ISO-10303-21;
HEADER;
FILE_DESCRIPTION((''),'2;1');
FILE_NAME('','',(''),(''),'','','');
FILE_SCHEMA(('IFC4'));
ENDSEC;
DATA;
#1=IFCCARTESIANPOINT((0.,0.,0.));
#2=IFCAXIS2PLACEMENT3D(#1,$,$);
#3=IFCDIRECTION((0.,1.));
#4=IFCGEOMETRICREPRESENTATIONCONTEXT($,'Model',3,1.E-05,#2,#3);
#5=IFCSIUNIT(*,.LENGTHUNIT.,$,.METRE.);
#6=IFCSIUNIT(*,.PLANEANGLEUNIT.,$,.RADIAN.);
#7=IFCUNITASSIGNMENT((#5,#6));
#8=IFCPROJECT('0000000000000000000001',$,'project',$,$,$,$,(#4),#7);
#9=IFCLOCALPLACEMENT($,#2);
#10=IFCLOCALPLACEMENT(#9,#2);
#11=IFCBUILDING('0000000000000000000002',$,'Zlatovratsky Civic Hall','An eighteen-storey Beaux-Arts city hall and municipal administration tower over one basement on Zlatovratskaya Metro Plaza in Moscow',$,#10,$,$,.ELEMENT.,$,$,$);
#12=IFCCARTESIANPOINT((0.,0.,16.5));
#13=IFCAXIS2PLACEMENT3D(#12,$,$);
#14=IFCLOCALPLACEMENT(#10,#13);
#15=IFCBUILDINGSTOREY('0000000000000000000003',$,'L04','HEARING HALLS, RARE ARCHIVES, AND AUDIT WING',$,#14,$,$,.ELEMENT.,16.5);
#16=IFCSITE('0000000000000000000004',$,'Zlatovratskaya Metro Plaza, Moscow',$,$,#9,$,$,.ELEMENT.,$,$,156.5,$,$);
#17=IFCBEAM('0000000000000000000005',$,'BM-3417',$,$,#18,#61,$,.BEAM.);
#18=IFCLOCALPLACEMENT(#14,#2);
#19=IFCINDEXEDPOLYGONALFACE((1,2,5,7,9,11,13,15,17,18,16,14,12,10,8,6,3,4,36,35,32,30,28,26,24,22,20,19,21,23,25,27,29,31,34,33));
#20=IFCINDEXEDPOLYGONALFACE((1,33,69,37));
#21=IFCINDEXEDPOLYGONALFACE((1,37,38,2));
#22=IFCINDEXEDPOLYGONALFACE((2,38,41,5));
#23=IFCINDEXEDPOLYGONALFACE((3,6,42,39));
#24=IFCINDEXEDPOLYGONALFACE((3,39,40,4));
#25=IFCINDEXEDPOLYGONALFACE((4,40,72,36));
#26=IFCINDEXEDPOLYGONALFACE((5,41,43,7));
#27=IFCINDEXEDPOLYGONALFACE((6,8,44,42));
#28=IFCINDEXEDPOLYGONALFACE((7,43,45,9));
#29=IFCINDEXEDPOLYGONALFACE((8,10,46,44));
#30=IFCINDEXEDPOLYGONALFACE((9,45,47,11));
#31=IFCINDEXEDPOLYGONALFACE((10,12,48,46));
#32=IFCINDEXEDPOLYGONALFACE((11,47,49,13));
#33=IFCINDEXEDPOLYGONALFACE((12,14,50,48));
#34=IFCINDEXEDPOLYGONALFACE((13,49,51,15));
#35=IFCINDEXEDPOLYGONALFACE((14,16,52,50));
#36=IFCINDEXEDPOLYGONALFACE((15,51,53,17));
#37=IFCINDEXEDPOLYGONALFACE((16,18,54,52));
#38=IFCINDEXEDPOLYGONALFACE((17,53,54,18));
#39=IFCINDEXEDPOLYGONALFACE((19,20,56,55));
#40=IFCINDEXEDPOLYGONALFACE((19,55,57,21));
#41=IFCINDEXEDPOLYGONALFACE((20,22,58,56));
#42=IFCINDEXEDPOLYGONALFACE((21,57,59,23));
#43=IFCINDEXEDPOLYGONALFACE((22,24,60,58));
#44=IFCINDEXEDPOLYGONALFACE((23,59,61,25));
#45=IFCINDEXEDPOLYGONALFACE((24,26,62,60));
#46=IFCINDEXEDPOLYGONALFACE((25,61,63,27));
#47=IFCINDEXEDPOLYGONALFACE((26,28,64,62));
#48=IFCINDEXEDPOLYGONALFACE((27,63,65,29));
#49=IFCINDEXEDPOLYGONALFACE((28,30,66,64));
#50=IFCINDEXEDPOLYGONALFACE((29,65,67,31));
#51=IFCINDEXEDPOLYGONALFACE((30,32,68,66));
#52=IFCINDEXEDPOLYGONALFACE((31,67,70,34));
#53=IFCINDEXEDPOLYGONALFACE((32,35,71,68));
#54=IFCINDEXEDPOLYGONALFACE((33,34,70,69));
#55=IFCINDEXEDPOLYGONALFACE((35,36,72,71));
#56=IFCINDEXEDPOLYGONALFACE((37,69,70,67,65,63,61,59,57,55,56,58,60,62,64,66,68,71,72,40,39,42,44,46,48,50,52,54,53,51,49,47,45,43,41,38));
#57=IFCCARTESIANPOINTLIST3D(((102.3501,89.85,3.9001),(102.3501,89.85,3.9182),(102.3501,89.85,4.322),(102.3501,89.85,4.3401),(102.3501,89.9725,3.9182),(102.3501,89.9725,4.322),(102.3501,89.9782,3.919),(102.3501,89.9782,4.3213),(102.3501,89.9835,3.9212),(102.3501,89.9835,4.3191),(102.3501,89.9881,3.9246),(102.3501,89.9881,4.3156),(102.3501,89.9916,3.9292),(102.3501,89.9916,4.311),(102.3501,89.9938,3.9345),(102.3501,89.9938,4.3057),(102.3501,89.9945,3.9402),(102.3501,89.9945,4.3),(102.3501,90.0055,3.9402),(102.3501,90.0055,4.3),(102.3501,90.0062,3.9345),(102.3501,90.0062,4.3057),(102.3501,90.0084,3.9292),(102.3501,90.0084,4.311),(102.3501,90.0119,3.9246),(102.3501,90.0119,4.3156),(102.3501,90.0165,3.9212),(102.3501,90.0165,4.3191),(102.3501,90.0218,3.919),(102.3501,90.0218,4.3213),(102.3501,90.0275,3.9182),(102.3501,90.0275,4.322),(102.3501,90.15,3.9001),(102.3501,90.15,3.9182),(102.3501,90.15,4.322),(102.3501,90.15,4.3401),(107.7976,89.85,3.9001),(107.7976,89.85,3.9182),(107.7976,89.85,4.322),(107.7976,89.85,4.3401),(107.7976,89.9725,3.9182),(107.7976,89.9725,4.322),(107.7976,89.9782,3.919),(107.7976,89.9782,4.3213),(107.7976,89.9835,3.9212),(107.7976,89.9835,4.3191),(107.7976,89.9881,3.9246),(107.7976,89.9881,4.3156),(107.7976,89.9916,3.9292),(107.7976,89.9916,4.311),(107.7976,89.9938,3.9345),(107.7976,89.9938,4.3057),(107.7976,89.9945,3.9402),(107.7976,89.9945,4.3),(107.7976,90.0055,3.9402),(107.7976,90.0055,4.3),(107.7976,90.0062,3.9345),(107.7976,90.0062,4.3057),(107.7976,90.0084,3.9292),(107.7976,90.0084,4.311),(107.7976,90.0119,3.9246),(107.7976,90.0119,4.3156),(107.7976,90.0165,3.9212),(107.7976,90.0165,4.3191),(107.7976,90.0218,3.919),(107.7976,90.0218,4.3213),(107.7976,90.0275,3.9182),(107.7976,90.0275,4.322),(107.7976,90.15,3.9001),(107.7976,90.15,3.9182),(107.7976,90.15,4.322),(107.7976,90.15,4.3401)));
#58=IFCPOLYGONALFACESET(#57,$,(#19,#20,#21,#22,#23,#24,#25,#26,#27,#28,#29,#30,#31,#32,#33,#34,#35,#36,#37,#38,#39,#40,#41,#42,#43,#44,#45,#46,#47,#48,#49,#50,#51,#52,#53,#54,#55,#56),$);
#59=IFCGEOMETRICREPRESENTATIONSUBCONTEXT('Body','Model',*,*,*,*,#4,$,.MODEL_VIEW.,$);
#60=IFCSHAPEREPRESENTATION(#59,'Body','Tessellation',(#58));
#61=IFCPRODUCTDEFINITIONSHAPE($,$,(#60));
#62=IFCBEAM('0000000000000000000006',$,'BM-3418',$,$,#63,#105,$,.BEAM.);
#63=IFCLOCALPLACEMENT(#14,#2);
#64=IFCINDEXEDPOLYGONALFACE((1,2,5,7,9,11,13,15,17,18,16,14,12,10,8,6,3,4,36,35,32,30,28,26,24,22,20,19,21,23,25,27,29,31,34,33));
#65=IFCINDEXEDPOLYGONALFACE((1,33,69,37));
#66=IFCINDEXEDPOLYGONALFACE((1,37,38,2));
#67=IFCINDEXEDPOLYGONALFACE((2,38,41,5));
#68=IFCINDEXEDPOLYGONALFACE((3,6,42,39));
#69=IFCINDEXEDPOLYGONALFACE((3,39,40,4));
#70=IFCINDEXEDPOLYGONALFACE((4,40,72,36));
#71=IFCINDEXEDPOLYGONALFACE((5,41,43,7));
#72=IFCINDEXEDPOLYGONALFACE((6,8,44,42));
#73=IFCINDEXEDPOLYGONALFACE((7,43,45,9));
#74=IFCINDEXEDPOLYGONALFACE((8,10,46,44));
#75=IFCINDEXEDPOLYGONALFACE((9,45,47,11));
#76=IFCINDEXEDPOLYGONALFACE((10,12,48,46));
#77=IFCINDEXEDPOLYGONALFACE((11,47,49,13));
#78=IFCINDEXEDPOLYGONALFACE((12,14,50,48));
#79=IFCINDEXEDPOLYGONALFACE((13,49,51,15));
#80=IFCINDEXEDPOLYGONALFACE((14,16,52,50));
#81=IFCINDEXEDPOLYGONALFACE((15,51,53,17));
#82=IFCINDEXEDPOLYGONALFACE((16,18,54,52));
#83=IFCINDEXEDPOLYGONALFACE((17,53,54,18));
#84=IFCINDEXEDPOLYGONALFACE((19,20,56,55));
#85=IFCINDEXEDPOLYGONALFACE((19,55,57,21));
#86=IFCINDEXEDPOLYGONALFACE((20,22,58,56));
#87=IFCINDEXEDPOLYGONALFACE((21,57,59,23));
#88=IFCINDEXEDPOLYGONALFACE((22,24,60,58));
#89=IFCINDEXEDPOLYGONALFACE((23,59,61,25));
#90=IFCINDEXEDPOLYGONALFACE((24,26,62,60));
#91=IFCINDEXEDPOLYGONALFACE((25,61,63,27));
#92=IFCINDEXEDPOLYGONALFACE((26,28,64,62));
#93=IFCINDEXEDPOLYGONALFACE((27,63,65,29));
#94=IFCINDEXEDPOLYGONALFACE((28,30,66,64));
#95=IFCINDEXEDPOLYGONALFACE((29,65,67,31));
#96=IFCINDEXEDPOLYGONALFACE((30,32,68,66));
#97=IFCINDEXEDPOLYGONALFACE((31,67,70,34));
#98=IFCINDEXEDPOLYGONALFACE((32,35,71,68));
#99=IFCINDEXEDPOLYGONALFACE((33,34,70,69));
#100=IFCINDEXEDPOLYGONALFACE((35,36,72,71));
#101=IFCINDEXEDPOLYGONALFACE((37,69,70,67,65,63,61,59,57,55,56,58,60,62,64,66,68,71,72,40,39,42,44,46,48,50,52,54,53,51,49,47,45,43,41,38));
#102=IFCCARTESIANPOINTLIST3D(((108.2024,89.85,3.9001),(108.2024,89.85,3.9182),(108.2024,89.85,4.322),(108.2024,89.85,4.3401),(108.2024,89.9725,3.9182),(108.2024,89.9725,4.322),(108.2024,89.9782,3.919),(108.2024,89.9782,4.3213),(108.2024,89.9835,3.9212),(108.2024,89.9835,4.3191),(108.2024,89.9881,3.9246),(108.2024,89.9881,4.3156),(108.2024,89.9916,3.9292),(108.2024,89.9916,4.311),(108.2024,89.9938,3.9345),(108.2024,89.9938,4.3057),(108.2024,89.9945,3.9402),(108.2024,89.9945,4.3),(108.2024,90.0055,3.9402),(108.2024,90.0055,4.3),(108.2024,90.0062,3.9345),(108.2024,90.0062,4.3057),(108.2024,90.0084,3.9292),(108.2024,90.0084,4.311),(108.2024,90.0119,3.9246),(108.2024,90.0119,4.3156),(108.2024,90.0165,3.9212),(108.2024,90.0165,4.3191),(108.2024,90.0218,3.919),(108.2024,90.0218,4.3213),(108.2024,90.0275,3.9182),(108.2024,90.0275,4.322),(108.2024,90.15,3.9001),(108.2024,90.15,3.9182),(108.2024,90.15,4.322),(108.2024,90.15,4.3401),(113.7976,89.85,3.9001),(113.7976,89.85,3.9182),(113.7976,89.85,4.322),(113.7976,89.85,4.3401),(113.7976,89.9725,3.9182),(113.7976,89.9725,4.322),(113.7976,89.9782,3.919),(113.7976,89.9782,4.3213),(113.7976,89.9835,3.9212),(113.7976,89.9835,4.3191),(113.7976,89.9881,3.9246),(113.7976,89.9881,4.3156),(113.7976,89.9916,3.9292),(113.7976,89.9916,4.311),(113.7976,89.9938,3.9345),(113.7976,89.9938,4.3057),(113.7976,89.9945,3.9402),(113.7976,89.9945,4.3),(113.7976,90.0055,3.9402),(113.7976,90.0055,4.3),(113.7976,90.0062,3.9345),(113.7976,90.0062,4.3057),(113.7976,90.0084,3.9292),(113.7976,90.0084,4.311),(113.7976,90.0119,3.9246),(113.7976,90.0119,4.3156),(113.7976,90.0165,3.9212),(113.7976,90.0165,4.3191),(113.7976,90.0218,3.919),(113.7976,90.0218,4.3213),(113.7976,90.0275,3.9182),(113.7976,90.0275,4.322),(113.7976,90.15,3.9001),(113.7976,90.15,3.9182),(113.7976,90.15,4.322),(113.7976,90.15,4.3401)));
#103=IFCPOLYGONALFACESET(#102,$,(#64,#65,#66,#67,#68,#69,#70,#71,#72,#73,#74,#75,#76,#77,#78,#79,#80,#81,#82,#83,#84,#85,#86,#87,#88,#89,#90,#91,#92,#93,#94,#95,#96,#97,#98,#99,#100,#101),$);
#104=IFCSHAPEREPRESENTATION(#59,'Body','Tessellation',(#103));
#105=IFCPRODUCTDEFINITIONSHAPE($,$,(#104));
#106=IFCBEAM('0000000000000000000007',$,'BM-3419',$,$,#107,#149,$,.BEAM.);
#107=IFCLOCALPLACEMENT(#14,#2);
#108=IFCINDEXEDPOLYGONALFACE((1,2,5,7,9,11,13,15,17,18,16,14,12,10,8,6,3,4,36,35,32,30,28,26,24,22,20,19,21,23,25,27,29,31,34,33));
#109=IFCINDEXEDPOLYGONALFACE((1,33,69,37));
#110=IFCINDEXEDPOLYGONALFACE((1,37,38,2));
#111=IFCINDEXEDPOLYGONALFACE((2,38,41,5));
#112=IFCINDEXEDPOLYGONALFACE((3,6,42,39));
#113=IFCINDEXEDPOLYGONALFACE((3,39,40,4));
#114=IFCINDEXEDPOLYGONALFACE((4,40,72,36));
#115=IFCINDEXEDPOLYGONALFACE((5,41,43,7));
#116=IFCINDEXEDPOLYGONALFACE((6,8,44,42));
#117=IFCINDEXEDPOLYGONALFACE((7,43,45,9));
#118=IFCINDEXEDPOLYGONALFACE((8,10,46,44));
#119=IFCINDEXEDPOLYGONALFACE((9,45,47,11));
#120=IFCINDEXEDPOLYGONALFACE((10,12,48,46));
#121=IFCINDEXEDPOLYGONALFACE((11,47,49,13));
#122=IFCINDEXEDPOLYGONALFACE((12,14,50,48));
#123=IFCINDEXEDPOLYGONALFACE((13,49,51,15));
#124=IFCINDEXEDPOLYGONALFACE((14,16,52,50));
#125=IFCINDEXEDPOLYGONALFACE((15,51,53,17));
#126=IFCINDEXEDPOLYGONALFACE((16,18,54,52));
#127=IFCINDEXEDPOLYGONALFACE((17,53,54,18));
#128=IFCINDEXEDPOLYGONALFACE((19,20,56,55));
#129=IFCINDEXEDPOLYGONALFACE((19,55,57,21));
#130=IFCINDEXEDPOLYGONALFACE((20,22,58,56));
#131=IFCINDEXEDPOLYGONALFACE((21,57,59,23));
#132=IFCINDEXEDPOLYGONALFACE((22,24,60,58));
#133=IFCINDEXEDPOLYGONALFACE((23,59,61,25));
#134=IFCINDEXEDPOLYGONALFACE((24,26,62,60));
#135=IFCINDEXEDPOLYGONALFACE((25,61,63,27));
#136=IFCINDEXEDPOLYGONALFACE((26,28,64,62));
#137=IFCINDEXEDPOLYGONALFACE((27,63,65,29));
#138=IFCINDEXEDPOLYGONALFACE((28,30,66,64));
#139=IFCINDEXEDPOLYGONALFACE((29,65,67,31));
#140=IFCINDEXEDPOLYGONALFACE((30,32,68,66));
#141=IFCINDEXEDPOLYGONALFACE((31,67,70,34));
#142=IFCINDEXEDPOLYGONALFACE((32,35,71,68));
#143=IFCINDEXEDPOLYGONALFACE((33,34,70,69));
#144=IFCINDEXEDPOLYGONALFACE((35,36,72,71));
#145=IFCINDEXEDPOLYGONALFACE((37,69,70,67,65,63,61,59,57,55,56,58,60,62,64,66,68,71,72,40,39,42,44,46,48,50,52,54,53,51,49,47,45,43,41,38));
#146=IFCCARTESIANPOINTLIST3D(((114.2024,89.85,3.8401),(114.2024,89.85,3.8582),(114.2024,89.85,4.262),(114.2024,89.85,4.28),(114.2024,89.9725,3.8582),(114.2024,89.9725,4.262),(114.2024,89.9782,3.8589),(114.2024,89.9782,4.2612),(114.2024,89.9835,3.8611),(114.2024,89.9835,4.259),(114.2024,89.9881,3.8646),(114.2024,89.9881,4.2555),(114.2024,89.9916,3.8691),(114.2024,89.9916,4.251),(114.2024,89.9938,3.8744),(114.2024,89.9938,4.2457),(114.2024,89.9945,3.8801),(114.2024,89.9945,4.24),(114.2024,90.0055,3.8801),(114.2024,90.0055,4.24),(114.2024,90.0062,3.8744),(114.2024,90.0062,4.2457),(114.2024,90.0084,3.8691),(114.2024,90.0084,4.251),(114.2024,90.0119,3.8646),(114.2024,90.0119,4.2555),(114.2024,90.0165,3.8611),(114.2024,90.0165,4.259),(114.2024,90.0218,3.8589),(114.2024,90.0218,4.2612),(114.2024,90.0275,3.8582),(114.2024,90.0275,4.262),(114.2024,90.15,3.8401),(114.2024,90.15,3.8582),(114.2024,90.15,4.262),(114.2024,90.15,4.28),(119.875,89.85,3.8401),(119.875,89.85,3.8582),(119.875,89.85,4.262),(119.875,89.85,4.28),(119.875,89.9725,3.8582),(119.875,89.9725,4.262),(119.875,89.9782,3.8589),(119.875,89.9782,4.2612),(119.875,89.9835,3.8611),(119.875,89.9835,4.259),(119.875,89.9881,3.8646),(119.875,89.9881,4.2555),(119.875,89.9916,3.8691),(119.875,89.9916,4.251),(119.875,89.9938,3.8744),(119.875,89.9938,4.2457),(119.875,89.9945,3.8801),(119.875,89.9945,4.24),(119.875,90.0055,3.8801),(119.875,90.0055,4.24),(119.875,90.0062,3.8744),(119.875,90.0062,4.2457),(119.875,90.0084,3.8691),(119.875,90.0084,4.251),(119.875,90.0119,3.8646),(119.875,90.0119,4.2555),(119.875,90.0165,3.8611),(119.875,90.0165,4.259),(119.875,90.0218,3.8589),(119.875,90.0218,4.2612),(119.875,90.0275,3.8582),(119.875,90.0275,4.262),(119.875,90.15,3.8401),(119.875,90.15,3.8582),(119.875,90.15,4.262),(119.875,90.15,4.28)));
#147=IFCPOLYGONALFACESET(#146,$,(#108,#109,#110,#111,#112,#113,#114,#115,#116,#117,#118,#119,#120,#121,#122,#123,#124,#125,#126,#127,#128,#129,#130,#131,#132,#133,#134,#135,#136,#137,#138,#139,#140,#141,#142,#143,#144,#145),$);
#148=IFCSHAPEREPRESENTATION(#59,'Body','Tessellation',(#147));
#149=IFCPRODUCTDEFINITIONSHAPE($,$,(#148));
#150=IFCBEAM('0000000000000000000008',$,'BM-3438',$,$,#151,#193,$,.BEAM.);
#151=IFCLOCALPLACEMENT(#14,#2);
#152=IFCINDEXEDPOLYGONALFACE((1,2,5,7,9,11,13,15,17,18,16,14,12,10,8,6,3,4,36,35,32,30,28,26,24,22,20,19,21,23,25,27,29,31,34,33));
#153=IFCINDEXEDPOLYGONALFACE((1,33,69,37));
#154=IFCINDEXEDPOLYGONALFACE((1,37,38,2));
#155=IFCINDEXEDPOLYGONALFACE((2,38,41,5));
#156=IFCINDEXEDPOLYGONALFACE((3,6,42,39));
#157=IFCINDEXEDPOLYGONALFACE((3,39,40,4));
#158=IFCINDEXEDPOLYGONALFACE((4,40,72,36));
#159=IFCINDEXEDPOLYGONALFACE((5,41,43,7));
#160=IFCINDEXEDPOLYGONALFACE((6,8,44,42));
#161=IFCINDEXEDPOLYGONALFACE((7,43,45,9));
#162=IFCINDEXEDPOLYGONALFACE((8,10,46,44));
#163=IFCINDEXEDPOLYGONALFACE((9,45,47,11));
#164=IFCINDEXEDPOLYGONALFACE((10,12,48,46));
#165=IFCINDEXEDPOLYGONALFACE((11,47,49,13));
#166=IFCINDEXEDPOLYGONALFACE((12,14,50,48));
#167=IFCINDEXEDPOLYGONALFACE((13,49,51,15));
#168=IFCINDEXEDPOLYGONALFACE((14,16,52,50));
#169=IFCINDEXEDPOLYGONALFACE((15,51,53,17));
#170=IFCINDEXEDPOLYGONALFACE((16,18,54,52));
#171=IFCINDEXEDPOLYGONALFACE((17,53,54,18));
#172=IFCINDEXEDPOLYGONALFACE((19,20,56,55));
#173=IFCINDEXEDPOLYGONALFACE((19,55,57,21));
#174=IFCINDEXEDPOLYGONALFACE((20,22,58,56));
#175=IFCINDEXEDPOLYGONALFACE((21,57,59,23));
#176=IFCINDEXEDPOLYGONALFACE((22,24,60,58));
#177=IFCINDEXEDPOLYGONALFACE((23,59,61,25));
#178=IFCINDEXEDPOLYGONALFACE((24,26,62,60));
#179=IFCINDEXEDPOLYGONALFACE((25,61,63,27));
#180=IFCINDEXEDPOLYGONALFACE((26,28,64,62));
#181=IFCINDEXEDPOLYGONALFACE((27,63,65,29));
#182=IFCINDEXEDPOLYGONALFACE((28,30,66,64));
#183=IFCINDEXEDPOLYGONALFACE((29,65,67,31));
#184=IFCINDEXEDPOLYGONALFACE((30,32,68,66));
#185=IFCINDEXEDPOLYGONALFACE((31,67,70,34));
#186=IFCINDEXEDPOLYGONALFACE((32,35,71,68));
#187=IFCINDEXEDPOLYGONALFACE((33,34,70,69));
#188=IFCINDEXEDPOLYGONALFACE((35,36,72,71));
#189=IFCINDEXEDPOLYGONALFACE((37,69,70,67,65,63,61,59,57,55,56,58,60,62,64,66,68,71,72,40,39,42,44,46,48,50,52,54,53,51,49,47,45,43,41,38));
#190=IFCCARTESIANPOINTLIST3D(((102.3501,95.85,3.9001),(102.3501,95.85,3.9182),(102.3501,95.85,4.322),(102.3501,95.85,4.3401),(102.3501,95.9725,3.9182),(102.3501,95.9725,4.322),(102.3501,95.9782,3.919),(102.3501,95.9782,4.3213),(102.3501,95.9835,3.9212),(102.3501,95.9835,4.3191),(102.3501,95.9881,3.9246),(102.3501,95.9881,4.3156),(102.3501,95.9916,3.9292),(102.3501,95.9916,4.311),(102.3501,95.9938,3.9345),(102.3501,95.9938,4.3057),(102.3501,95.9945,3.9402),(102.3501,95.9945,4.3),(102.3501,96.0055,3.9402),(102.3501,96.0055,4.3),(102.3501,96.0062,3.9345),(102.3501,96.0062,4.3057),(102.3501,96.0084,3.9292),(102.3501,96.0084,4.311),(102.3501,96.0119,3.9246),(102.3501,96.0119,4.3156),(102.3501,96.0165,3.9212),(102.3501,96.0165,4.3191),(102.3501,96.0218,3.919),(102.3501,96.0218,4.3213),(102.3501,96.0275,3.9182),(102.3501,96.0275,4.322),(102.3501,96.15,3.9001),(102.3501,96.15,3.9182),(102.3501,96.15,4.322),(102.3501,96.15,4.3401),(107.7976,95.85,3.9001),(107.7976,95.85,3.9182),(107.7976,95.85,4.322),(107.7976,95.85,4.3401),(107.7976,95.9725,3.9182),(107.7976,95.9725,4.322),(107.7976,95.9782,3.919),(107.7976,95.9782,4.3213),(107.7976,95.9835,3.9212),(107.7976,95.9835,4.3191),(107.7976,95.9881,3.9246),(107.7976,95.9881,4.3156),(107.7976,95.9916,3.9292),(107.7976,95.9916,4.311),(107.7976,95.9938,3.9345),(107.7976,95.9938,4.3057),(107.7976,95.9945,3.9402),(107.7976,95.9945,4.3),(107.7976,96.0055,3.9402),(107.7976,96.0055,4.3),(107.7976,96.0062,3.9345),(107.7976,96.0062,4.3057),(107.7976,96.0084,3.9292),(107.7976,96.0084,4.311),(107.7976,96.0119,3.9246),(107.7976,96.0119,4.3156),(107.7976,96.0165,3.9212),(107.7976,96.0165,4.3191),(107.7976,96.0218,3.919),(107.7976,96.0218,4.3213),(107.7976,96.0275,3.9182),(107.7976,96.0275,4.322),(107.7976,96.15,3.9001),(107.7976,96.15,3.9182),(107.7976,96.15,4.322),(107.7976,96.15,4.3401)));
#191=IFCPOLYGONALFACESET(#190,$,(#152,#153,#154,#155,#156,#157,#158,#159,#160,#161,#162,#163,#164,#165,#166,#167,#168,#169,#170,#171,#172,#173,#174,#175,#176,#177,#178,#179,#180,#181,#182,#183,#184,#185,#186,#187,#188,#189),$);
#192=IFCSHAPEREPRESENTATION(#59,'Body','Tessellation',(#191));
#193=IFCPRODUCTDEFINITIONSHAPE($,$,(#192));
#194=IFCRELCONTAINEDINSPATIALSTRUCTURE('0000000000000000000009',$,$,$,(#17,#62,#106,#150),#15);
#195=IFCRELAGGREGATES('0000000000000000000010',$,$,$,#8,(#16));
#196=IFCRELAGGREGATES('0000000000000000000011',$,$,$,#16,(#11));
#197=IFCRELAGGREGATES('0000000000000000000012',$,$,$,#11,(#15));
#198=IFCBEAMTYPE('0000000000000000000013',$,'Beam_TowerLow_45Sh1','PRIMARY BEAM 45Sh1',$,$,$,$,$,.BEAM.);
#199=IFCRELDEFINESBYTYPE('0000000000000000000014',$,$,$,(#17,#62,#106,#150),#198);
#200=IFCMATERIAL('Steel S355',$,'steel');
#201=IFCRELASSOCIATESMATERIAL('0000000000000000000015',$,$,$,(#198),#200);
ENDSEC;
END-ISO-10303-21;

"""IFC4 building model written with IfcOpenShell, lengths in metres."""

from ifc_helpers import new_model, si_unit, direction, frame, origin, origin_2d, place, context, subcontext, project, spatial, i_section, extrude, material, material_profile, profile_set, type_object, element, save


model = new_model("IFC4")

# Units and contexts
model_context = context("Model", 3, precision=1e-05, world=origin(), true_north=direction((0.0, 1.0)))
body_context = subcontext(model_context, "Body", "Model", "MODEL_VIEW")
ifc_project = project(units=[si_unit("LENGTHUNIT", "METRE"), si_unit("PLANEANGLEUNIT", "RADIAN")], contexts=[model_context])

# Site, building, storey
site_placement = place(None, origin())
site = spatial("IfcSite", under=ifc_project, at=site_placement, Name="Zlatovratskaya Metro Plaza, Moscow", CompositionType="ELEMENT", RefElevation=156.5)
building_placement = place(site_placement, origin())
building = spatial("IfcBuilding", under=site, at=building_placement, Name="Zlatovratsky Civic Hall", Description="An eighteen-storey Beaux-Arts city hall and municipal administration tower over one basement on Zlatovratskaya Metro Plaza in Moscow", CompositionType="ELEMENT")
storey_placement = place(building_placement, frame((0.0, 0.0, 16.5)))
storey = spatial("IfcBuildingStorey", under=building, at=storey_placement, Name="L04", Description="HEARING HALLS, RARE ARCHIVES, AND AUDIT WING", CompositionType="ELEMENT", Elevation=16.5)

# Shared definitions
ifc_material_1 = material(Name="Steel S355", Category="steel")

# Beams
ifc_material_profile_1 = material_profile(ifc_material_1, i_section(OverallWidth=0.3, OverallDepth=0.4399, WebThickness=0.011, FlangeThickness=0.0181, FilletRadius=0.022, at=origin_2d()), Name="45Sh1")
ifc_profile_set_1 = profile_set([ifc_material_profile_1], Name="Steel S355")
beam_type = type_object("IfcBeamType", Name="Beam_TowerLow_45Sh1", Description="PRIMARY BEAM 45Sh1", PredefinedType="BEAM", material=ifc_profile_set_1)
beam_1_placement = place(storey_placement, frame((102.3501, 90.0, 4.1201), z_axis=(1.0, 0.0, 0.0), x_axis=(0.0, 1.0, 0.0)))
element("IfcBeam", 1, at=beam_1_placement, inside=storey, type_object=beam_type, Name="BM-3417", PredefinedType="BEAM", context=body_context, shape_type="SweptSolid", body=[
    extrude(i_section(OverallWidth=0.3, OverallDepth=0.4399, WebThickness=0.011, FlangeThickness=0.0181, FilletRadius=0.022, at=origin_2d()), origin(), (0.0, 0.0, 1.0), 5.4475),
])
beam_2_placement = place(storey_placement, frame((108.2024, 90.0, 4.1201), z_axis=(1.0, 0.0, 0.0), x_axis=(0.0, 1.0, 0.0)))
element("IfcBeam", 2, at=beam_2_placement, inside=storey, type_object=beam_type, Name="BM-3418", PredefinedType="BEAM", context=body_context, shape_type="SweptSolid", body=[
    extrude(i_section(OverallWidth=0.3, OverallDepth=0.4399, WebThickness=0.011, FlangeThickness=0.0181, FilletRadius=0.022, at=origin_2d()), origin(), (0.0, 0.0, 1.0), 5.5952),
])
beam_3_placement = place(storey_placement, frame((114.2024, 90.0, 4.0601), z_axis=(1.0, 0.0, 0.0), x_axis=(0.0, 1.0, 0.0)))
element("IfcBeam", 3, at=beam_3_placement, inside=storey, type_object=beam_type, Name="BM-3419", PredefinedType="BEAM", context=body_context, shape_type="SweptSolid", body=[
    extrude(i_section(OverallWidth=0.3, OverallDepth=0.4399, WebThickness=0.011, FlangeThickness=0.0181, FilletRadius=0.022, at=origin_2d()), origin(), (0.0, 0.0, 1.0), 5.6726),
])
beam_4_placement = place(storey_placement, frame((102.3501, 96.0, 4.1201), z_axis=(1.0, 0.0, 0.0), x_axis=(0.0, 1.0, 0.0)))
element("IfcBeam", 4, at=beam_4_placement, inside=storey, type_object=beam_type, Name="BM-3438", PredefinedType="BEAM", context=body_context, shape_type="SweptSolid", body=[
    extrude(i_section(OverallWidth=0.3, OverallDepth=0.4399, WebThickness=0.011, FlangeThickness=0.0181, FilletRadius=0.022, at=origin_2d()), origin(), (0.0, 0.0, 1.0), 5.4475),
])

save(model, "model.ifc")
